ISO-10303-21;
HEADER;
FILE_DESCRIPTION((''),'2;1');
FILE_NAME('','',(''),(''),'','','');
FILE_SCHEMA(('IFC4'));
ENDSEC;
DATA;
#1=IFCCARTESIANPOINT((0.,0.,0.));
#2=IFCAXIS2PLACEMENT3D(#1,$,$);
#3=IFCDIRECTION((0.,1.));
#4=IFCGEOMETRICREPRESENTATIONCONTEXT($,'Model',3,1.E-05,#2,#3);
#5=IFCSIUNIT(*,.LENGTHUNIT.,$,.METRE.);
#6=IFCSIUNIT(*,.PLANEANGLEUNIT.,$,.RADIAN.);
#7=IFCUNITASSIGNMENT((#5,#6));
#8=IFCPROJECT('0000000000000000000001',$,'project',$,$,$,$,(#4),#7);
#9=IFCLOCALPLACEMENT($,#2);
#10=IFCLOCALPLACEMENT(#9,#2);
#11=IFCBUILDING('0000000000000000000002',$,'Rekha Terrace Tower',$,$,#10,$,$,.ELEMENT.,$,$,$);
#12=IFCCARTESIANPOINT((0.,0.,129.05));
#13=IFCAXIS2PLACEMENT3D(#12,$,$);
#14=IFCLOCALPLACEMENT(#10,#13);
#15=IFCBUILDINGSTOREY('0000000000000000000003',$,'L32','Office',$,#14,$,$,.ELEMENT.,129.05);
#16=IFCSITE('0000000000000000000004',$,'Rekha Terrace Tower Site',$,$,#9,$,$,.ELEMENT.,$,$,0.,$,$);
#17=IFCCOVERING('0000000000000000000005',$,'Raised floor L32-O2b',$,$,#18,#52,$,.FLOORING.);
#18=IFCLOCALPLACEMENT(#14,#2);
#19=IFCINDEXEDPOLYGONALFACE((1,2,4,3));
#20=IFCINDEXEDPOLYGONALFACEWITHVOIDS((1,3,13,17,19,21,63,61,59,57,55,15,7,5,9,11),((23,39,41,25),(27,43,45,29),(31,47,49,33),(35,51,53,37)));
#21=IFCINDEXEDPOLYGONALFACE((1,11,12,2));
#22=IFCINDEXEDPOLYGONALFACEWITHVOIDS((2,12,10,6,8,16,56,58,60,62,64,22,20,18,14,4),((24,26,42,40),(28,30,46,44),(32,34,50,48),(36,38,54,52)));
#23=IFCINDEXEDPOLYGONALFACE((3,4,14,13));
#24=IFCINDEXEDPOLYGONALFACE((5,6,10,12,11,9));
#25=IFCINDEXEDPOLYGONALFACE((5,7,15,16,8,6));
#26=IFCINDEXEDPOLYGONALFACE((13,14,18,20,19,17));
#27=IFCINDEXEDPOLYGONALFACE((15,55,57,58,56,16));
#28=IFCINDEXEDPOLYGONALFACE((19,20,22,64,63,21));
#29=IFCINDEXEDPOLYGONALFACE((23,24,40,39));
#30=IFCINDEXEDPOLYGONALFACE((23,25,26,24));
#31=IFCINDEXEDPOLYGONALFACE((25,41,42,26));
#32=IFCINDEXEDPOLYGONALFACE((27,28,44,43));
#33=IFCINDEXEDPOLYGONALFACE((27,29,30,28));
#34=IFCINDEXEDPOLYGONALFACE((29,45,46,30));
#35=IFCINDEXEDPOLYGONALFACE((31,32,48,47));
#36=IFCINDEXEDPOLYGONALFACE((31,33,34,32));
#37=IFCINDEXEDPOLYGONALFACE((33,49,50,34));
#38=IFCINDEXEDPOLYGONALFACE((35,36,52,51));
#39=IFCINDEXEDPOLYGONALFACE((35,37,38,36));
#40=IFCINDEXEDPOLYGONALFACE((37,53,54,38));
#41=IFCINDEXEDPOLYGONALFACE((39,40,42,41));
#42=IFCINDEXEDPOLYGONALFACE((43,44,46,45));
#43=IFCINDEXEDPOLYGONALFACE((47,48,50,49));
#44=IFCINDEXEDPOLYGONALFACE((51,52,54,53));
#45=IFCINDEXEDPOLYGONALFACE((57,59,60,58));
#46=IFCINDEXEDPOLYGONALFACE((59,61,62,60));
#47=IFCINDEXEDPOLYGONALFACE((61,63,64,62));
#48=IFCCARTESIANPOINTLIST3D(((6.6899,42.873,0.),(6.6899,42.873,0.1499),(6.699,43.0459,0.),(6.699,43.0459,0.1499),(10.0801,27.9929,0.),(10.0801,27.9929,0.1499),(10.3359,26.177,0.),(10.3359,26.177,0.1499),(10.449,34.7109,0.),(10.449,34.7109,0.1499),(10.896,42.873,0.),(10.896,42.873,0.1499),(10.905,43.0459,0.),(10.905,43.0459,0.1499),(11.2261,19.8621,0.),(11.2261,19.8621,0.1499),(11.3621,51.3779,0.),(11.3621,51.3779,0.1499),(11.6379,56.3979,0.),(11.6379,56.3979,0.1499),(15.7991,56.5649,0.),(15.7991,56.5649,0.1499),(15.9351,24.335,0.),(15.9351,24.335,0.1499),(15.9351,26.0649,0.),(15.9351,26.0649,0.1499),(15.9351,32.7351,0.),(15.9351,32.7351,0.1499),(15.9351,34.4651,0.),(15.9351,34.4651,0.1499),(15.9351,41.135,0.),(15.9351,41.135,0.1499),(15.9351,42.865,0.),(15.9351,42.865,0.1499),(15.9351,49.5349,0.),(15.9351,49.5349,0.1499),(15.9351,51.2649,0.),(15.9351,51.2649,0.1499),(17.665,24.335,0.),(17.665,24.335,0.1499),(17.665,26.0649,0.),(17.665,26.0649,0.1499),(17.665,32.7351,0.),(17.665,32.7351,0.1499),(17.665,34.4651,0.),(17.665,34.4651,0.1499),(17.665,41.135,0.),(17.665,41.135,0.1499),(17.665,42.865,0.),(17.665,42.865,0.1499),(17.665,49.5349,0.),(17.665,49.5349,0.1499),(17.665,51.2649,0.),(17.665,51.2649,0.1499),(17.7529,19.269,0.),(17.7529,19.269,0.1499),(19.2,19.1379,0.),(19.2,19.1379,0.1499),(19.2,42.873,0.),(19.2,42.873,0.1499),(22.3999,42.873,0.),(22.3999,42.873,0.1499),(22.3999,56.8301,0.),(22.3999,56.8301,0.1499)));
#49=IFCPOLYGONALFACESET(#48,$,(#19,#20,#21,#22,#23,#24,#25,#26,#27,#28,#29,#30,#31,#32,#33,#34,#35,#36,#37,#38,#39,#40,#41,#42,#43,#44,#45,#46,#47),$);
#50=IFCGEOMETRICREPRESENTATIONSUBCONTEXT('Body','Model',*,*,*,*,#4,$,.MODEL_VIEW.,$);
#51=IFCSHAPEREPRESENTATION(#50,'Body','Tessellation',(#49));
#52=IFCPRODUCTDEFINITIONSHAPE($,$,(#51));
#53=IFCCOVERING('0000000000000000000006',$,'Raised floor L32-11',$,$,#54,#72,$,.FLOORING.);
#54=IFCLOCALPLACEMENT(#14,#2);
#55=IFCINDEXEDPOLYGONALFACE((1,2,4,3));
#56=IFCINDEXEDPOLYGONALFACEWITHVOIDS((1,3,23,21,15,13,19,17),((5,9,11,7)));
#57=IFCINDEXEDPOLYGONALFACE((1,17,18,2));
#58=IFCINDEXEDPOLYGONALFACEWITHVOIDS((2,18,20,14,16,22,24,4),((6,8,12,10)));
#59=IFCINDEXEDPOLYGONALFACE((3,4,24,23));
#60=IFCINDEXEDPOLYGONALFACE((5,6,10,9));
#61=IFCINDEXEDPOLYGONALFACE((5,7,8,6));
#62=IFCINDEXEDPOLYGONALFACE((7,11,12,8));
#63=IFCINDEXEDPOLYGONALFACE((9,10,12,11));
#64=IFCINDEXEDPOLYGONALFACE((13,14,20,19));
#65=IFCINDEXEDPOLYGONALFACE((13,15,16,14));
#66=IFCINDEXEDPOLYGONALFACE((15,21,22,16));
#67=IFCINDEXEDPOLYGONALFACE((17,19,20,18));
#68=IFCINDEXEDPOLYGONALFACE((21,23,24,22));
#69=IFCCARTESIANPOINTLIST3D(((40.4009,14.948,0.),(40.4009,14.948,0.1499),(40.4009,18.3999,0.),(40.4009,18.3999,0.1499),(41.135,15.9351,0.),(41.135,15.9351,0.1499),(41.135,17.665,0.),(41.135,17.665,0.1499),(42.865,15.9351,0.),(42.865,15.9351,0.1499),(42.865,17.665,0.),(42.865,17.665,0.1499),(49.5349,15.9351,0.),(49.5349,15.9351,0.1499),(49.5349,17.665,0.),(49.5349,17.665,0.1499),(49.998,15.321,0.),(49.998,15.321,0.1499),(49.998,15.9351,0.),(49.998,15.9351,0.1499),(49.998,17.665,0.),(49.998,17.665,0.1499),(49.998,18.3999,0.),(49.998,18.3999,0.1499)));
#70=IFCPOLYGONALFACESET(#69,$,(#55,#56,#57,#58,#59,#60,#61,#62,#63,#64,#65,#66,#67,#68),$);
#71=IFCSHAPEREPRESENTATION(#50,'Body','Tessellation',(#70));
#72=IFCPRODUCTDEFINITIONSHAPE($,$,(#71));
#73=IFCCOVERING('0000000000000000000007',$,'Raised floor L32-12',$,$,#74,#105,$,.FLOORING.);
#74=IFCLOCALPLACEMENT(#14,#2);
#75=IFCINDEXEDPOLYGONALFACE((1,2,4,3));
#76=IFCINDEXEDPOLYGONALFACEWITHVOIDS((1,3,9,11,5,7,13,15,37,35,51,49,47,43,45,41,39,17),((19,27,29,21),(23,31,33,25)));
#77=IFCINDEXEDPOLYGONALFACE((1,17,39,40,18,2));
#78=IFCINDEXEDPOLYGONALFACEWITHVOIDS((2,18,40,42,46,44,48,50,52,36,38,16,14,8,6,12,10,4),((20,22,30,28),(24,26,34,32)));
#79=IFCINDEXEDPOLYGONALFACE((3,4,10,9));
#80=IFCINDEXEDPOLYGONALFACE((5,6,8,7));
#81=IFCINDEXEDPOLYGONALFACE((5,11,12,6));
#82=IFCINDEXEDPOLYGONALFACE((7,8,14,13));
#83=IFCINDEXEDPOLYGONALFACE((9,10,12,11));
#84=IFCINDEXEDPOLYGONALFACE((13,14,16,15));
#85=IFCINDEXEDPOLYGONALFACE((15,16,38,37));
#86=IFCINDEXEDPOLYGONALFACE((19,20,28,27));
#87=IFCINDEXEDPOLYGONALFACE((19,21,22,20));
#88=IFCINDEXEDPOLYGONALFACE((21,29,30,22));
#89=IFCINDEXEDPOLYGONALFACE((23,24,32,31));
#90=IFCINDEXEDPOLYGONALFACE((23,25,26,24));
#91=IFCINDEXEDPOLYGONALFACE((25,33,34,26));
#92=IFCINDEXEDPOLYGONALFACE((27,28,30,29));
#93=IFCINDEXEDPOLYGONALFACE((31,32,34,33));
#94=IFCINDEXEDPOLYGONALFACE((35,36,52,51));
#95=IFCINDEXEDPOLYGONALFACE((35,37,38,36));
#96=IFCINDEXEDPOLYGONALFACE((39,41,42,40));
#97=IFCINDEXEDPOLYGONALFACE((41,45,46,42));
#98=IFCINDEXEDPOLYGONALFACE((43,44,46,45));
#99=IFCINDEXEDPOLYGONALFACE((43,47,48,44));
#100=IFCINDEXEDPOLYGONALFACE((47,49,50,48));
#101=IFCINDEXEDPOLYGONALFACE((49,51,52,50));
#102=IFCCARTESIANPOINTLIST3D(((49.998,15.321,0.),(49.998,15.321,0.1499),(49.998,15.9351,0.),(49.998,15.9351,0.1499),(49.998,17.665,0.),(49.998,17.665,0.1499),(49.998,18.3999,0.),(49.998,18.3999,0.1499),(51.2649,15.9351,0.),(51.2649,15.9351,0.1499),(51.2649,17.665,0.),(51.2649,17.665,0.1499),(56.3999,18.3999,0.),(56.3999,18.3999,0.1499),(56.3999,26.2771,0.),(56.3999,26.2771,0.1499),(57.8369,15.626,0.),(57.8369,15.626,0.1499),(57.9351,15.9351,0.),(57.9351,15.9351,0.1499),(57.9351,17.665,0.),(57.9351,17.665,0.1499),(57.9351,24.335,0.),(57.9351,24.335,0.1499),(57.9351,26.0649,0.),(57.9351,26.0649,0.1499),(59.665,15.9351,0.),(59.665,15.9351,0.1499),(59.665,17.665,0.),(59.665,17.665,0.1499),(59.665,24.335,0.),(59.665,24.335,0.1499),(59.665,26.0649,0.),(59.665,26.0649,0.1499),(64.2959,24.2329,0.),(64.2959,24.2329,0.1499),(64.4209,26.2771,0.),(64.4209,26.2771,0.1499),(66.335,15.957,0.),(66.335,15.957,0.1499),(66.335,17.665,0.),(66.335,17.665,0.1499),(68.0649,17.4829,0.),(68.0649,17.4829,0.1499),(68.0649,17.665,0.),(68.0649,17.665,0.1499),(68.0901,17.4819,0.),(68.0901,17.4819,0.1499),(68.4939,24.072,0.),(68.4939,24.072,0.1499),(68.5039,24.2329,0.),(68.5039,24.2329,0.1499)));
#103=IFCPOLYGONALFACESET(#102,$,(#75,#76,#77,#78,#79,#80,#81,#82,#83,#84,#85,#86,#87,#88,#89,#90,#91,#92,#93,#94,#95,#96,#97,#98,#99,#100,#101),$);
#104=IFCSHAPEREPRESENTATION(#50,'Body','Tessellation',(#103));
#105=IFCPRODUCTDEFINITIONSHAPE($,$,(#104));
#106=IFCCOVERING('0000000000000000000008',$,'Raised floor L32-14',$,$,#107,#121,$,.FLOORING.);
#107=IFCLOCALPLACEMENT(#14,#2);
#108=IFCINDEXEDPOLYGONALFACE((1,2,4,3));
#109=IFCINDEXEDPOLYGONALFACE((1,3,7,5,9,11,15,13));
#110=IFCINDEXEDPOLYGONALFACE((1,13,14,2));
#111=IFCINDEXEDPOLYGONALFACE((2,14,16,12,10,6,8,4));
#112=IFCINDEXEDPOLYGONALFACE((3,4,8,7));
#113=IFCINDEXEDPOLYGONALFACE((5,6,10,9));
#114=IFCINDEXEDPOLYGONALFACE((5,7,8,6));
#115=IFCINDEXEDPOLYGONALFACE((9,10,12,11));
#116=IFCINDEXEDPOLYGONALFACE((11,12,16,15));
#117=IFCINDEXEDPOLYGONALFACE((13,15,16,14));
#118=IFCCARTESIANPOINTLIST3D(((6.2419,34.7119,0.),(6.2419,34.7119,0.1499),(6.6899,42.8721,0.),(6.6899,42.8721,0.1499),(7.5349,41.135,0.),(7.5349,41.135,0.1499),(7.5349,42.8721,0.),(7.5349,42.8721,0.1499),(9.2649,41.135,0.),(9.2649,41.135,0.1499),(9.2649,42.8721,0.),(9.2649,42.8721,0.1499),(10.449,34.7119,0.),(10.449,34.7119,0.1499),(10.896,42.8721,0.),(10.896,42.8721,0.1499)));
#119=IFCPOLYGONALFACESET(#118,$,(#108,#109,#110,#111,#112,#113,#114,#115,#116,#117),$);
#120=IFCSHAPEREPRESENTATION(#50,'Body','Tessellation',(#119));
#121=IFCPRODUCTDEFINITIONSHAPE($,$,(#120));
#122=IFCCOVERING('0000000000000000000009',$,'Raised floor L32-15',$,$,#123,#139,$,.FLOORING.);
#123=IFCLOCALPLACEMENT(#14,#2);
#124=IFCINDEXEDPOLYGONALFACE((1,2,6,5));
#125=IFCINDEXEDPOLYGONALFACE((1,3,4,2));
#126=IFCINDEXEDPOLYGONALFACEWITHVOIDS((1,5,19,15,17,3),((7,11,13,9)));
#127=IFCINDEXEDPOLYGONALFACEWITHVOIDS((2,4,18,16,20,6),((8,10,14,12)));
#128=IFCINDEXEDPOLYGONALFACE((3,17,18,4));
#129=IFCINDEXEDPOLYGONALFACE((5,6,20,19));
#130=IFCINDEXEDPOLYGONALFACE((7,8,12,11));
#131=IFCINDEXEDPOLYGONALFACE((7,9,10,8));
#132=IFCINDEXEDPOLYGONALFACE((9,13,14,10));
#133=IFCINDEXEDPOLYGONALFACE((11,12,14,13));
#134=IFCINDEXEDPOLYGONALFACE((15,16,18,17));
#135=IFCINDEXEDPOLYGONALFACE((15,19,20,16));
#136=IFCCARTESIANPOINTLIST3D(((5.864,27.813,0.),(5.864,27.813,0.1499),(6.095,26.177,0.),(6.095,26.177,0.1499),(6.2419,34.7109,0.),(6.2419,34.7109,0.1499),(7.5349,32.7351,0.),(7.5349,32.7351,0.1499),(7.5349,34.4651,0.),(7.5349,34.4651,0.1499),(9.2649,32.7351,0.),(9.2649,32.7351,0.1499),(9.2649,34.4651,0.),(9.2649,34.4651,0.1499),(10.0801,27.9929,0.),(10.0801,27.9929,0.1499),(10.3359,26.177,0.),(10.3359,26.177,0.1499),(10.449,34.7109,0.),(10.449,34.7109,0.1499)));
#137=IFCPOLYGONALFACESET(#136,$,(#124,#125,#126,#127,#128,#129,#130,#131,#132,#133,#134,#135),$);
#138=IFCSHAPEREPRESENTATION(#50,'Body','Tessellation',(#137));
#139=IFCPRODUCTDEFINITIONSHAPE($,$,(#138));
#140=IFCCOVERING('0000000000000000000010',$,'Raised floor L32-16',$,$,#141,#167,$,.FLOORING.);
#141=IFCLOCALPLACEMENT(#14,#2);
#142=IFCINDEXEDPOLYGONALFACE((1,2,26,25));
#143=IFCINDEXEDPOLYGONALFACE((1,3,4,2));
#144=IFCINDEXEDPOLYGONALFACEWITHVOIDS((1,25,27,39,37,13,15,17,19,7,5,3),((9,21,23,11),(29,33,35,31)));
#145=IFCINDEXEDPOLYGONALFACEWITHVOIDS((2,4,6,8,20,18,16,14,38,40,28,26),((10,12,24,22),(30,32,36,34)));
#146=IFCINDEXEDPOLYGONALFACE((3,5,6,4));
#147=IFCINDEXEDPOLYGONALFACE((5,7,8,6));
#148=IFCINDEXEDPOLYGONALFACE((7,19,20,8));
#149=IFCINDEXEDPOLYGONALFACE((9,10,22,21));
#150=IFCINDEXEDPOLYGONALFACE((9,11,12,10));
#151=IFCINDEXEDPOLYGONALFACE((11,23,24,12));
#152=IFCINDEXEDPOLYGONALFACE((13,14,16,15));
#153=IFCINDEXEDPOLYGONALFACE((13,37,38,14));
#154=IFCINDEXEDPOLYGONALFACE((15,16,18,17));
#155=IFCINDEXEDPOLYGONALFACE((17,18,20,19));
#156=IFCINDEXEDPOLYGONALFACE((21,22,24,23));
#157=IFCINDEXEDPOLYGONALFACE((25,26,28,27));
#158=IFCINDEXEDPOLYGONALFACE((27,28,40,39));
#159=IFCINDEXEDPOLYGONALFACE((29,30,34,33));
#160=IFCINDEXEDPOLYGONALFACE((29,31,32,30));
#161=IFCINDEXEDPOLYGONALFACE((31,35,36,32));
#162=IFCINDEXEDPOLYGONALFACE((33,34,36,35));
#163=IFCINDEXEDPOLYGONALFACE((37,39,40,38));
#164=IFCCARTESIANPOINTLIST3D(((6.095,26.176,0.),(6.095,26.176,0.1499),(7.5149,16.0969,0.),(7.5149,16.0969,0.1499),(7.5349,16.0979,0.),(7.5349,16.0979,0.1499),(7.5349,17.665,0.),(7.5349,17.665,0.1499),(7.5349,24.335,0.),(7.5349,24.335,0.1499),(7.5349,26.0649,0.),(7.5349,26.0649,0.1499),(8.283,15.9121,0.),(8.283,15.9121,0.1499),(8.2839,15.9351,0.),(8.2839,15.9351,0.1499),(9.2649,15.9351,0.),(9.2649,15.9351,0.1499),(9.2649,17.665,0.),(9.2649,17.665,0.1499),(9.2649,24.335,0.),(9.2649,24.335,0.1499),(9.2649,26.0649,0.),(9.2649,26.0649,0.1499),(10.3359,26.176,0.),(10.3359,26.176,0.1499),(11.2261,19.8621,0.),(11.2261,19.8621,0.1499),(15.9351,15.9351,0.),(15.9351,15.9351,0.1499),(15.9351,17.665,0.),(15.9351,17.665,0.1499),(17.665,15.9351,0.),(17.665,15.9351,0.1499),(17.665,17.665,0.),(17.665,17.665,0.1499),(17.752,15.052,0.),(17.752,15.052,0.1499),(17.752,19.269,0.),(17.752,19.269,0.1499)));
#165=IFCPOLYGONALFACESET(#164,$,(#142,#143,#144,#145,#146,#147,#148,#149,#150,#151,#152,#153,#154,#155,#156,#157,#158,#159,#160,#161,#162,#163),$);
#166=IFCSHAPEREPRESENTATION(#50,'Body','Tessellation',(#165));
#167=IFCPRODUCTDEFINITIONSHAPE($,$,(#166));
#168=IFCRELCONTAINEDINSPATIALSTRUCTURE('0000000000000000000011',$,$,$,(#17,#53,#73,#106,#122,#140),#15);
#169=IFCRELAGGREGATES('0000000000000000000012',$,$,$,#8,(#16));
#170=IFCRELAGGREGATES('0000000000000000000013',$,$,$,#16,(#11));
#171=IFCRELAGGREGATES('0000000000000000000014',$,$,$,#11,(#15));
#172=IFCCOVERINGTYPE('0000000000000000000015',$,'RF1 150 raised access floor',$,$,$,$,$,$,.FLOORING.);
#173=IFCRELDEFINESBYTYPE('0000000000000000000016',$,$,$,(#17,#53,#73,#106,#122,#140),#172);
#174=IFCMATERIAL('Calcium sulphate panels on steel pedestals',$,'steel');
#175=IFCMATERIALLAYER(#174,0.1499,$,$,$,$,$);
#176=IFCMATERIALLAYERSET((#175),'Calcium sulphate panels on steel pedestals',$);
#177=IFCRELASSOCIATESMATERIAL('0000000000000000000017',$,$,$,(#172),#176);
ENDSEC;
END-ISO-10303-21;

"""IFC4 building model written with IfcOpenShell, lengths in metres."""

from ifc_helpers import new_model, si_unit, direction, frame, origin, place, context, subcontext, project, spatial, polyline, outline, extrude, material, layer, layer_set, type_object, element, save


model = new_model("IFC4")

# Units and contexts
model_context = context("Model", 3, precision=1e-05, world=origin(), true_north=direction((0.0, 1.0)))
body_context = subcontext(model_context, "Body", "Model", "MODEL_VIEW")
ifc_project = project(units=[si_unit("LENGTHUNIT", "METRE"), si_unit("PLANEANGLEUNIT", "RADIAN")], contexts=[model_context])

# Site, building, storey
site_placement = place(None, origin())
site = spatial("IfcSite", under=ifc_project, at=site_placement, Name="Rekha Terrace Tower Site", CompositionType="ELEMENT", RefElevation=0.0)
building_placement = place(site_placement, origin())
building = spatial("IfcBuilding", under=site, at=building_placement, Name="Rekha Terrace Tower", CompositionType="ELEMENT")
storey_placement = place(building_placement, frame((0.0, 0.0, 129.05)))
storey = spatial("IfcBuildingStorey", under=building, at=storey_placement, Name="L32", Description="Office", CompositionType="ELEMENT", Elevation=129.05)

# Coverings
ifc_material_1 = material(Name="Calcium sulphate panels on steel pedestals", Category="steel")
ifc_layer_1 = layer(ifc_material_1, 0.1499)
ifc_layer_set_1 = layer_set([ifc_layer_1], Name="Calcium sulphate panels on steel pedestals")
covering_type_1 = type_object("IfcCoveringType", Name="RF1 150 raised access floor", PredefinedType="FLOORING", material=ifc_layer_set_1)
covering_1_placement = place(storey_placement, origin())
element("IfcCovering", 1, at=covering_1_placement, inside=storey, type_object=covering_type_1, Name="Raised floor L32-O2b", PredefinedType="FLOORING", context=body_context, shape_type="SweptSolid", body=[
    extrude(outline(polyline([(10.0801, 27.9929), (10.3359, 26.177), (11.2261, 19.8621), (17.7529, 19.269), (19.2, 19.1379), (19.2, 42.873), (22.3999, 42.873), (22.3999, 56.8301), (15.7991, 56.5649), (11.6379, 56.3979), (11.3621, 51.3779), (10.905, 43.0459), (6.699, 43.0459), (6.6899, 42.873), (10.896, 42.873), (10.449, 34.7109), (10.0801, 27.9929)]), holes=[polyline([(17.665, 26.0649), (17.665, 24.335), (15.9351, 24.335), (15.9351, 26.0649), (17.665, 26.0649)]), polyline([(17.665, 34.4651), (17.665, 32.7351), (15.9351, 32.7351), (15.9351, 34.4651), (17.665, 34.4651)]), polyline([(17.665, 41.135), (15.9351, 41.135), (15.9351, 42.865), (17.665, 42.865), (17.665, 41.135)]), polyline([(17.665, 49.5349), (15.9351, 49.5349), (15.9351, 51.2649), (17.665, 51.2649), (17.665, 49.5349)])]), origin(), (0.0, 0.0, 1.0), 0.1499),
])
covering_2_placement = place(storey_placement, origin())
element("IfcCovering", 2, at=covering_2_placement, inside=storey, type_object=covering_type_1, Name="Raised floor L32-11", PredefinedType="FLOORING", context=body_context, shape_type="SweptSolid", body=[
    extrude(outline(polyline([(40.4009, 18.3999), (40.4009, 14.948), (49.998, 15.321), (49.998, 15.9351), (49.5349, 15.9351), (49.5349, 17.665), (49.998, 17.665), (49.998, 18.3999), (40.4009, 18.3999)]), holes=[polyline([(42.865, 17.665), (42.865, 15.9351), (41.135, 15.9351), (41.135, 17.665), (42.865, 17.665)])]), origin(), (0.0, 0.0, 1.0), 0.1499),
])
covering_3_placement = place(storey_placement, origin())
element("IfcCovering", 3, at=covering_3_placement, inside=storey, type_object=covering_type_1, Name="Raised floor L32-12", PredefinedType="FLOORING", context=body_context, shape_type="SweptSolid", body=[
    extrude(outline(polyline([(49.998, 15.321), (57.8369, 15.626), (66.335, 15.957), (66.335, 17.665), (68.0649, 17.665), (68.0649, 17.4829), (68.0901, 17.4819), (68.4939, 24.072), (68.5039, 24.2329), (64.2959, 24.2329), (64.4209, 26.2771), (56.3999, 26.2771), (56.3999, 18.3999), (49.998, 18.3999), (49.998, 17.665), (51.2649, 17.665), (51.2649, 15.9351), (49.998, 15.9351), (49.998, 15.321)]), holes=[polyline([(59.665, 15.9351), (57.9351, 15.9351), (57.9351, 17.665), (59.665, 17.665), (59.665, 15.9351)]), polyline([(59.665, 26.0649), (59.665, 24.335), (57.9351, 24.335), (57.9351, 26.0649), (59.665, 26.0649)])]), origin(), (0.0, 0.0, 1.0), 0.1499),
])
covering_4_placement = place(storey_placement, origin())
element("IfcCovering", 4, at=covering_4_placement, inside=storey, type_object=covering_type_1, Name="Raised floor L32-14", PredefinedType="FLOORING", context=body_context, shape_type="SweptSolid", body=[
    extrude(outline(polyline([(9.2649, 41.135), (7.5349, 41.135), (7.5349, 42.8721), (6.6899, 42.8721), (6.2419, 34.7119), (10.449, 34.7119), (10.896, 42.8721), (9.2649, 42.8721), (9.2649, 41.135)])), origin(), (0.0, 0.0, 1.0), 0.1499),
])
covering_5_placement = place(storey_placement, origin())
element("IfcCovering", 5, at=covering_5_placement, inside=storey, type_object=covering_type_1, Name="Raised floor L32-15", PredefinedType="FLOORING", context=body_context, shape_type="SweptSolid", body=[
    extrude(outline(polyline([(10.0801, 27.9929), (10.449, 34.7109), (6.2419, 34.7109), (5.864, 27.813), (6.095, 26.177), (10.3359, 26.177), (10.0801, 27.9929)]), holes=[polyline([(9.2649, 32.7351), (7.5349, 32.7351), (7.5349, 34.4651), (9.2649, 34.4651), (9.2649, 32.7351)])]), origin(), (0.0, 0.0, 1.0), 0.1499),
])
covering_6_placement = place(storey_placement, origin())
element("IfcCovering", 6, at=covering_6_placement, inside=storey, type_object=covering_type_1, Name="Raised floor L32-16", PredefinedType="FLOORING", context=body_context, shape_type="SweptSolid", body=[
    extrude(outline(polyline([(7.5149, 16.0969), (7.5349, 16.0979), (7.5349, 17.665), (9.2649, 17.665), (9.2649, 15.9351), (8.2839, 15.9351), (8.283, 15.9121), (17.752, 15.052), (17.752, 19.269), (11.2261, 19.8621), (10.3359, 26.176), (6.095, 26.176), (7.5149, 16.0969)]), holes=[polyline([(17.665, 15.9351), (15.9351, 15.9351), (15.9351, 17.665), (17.665, 17.665), (17.665, 15.9351)]), polyline([(9.2649, 24.335), (7.5349, 24.335), (7.5349, 26.0649), (9.2649, 26.0649), (9.2649, 24.335)])]), origin(), (0.0, 0.0, 1.0), 0.1499),
])

save(model, "model.ifc")
